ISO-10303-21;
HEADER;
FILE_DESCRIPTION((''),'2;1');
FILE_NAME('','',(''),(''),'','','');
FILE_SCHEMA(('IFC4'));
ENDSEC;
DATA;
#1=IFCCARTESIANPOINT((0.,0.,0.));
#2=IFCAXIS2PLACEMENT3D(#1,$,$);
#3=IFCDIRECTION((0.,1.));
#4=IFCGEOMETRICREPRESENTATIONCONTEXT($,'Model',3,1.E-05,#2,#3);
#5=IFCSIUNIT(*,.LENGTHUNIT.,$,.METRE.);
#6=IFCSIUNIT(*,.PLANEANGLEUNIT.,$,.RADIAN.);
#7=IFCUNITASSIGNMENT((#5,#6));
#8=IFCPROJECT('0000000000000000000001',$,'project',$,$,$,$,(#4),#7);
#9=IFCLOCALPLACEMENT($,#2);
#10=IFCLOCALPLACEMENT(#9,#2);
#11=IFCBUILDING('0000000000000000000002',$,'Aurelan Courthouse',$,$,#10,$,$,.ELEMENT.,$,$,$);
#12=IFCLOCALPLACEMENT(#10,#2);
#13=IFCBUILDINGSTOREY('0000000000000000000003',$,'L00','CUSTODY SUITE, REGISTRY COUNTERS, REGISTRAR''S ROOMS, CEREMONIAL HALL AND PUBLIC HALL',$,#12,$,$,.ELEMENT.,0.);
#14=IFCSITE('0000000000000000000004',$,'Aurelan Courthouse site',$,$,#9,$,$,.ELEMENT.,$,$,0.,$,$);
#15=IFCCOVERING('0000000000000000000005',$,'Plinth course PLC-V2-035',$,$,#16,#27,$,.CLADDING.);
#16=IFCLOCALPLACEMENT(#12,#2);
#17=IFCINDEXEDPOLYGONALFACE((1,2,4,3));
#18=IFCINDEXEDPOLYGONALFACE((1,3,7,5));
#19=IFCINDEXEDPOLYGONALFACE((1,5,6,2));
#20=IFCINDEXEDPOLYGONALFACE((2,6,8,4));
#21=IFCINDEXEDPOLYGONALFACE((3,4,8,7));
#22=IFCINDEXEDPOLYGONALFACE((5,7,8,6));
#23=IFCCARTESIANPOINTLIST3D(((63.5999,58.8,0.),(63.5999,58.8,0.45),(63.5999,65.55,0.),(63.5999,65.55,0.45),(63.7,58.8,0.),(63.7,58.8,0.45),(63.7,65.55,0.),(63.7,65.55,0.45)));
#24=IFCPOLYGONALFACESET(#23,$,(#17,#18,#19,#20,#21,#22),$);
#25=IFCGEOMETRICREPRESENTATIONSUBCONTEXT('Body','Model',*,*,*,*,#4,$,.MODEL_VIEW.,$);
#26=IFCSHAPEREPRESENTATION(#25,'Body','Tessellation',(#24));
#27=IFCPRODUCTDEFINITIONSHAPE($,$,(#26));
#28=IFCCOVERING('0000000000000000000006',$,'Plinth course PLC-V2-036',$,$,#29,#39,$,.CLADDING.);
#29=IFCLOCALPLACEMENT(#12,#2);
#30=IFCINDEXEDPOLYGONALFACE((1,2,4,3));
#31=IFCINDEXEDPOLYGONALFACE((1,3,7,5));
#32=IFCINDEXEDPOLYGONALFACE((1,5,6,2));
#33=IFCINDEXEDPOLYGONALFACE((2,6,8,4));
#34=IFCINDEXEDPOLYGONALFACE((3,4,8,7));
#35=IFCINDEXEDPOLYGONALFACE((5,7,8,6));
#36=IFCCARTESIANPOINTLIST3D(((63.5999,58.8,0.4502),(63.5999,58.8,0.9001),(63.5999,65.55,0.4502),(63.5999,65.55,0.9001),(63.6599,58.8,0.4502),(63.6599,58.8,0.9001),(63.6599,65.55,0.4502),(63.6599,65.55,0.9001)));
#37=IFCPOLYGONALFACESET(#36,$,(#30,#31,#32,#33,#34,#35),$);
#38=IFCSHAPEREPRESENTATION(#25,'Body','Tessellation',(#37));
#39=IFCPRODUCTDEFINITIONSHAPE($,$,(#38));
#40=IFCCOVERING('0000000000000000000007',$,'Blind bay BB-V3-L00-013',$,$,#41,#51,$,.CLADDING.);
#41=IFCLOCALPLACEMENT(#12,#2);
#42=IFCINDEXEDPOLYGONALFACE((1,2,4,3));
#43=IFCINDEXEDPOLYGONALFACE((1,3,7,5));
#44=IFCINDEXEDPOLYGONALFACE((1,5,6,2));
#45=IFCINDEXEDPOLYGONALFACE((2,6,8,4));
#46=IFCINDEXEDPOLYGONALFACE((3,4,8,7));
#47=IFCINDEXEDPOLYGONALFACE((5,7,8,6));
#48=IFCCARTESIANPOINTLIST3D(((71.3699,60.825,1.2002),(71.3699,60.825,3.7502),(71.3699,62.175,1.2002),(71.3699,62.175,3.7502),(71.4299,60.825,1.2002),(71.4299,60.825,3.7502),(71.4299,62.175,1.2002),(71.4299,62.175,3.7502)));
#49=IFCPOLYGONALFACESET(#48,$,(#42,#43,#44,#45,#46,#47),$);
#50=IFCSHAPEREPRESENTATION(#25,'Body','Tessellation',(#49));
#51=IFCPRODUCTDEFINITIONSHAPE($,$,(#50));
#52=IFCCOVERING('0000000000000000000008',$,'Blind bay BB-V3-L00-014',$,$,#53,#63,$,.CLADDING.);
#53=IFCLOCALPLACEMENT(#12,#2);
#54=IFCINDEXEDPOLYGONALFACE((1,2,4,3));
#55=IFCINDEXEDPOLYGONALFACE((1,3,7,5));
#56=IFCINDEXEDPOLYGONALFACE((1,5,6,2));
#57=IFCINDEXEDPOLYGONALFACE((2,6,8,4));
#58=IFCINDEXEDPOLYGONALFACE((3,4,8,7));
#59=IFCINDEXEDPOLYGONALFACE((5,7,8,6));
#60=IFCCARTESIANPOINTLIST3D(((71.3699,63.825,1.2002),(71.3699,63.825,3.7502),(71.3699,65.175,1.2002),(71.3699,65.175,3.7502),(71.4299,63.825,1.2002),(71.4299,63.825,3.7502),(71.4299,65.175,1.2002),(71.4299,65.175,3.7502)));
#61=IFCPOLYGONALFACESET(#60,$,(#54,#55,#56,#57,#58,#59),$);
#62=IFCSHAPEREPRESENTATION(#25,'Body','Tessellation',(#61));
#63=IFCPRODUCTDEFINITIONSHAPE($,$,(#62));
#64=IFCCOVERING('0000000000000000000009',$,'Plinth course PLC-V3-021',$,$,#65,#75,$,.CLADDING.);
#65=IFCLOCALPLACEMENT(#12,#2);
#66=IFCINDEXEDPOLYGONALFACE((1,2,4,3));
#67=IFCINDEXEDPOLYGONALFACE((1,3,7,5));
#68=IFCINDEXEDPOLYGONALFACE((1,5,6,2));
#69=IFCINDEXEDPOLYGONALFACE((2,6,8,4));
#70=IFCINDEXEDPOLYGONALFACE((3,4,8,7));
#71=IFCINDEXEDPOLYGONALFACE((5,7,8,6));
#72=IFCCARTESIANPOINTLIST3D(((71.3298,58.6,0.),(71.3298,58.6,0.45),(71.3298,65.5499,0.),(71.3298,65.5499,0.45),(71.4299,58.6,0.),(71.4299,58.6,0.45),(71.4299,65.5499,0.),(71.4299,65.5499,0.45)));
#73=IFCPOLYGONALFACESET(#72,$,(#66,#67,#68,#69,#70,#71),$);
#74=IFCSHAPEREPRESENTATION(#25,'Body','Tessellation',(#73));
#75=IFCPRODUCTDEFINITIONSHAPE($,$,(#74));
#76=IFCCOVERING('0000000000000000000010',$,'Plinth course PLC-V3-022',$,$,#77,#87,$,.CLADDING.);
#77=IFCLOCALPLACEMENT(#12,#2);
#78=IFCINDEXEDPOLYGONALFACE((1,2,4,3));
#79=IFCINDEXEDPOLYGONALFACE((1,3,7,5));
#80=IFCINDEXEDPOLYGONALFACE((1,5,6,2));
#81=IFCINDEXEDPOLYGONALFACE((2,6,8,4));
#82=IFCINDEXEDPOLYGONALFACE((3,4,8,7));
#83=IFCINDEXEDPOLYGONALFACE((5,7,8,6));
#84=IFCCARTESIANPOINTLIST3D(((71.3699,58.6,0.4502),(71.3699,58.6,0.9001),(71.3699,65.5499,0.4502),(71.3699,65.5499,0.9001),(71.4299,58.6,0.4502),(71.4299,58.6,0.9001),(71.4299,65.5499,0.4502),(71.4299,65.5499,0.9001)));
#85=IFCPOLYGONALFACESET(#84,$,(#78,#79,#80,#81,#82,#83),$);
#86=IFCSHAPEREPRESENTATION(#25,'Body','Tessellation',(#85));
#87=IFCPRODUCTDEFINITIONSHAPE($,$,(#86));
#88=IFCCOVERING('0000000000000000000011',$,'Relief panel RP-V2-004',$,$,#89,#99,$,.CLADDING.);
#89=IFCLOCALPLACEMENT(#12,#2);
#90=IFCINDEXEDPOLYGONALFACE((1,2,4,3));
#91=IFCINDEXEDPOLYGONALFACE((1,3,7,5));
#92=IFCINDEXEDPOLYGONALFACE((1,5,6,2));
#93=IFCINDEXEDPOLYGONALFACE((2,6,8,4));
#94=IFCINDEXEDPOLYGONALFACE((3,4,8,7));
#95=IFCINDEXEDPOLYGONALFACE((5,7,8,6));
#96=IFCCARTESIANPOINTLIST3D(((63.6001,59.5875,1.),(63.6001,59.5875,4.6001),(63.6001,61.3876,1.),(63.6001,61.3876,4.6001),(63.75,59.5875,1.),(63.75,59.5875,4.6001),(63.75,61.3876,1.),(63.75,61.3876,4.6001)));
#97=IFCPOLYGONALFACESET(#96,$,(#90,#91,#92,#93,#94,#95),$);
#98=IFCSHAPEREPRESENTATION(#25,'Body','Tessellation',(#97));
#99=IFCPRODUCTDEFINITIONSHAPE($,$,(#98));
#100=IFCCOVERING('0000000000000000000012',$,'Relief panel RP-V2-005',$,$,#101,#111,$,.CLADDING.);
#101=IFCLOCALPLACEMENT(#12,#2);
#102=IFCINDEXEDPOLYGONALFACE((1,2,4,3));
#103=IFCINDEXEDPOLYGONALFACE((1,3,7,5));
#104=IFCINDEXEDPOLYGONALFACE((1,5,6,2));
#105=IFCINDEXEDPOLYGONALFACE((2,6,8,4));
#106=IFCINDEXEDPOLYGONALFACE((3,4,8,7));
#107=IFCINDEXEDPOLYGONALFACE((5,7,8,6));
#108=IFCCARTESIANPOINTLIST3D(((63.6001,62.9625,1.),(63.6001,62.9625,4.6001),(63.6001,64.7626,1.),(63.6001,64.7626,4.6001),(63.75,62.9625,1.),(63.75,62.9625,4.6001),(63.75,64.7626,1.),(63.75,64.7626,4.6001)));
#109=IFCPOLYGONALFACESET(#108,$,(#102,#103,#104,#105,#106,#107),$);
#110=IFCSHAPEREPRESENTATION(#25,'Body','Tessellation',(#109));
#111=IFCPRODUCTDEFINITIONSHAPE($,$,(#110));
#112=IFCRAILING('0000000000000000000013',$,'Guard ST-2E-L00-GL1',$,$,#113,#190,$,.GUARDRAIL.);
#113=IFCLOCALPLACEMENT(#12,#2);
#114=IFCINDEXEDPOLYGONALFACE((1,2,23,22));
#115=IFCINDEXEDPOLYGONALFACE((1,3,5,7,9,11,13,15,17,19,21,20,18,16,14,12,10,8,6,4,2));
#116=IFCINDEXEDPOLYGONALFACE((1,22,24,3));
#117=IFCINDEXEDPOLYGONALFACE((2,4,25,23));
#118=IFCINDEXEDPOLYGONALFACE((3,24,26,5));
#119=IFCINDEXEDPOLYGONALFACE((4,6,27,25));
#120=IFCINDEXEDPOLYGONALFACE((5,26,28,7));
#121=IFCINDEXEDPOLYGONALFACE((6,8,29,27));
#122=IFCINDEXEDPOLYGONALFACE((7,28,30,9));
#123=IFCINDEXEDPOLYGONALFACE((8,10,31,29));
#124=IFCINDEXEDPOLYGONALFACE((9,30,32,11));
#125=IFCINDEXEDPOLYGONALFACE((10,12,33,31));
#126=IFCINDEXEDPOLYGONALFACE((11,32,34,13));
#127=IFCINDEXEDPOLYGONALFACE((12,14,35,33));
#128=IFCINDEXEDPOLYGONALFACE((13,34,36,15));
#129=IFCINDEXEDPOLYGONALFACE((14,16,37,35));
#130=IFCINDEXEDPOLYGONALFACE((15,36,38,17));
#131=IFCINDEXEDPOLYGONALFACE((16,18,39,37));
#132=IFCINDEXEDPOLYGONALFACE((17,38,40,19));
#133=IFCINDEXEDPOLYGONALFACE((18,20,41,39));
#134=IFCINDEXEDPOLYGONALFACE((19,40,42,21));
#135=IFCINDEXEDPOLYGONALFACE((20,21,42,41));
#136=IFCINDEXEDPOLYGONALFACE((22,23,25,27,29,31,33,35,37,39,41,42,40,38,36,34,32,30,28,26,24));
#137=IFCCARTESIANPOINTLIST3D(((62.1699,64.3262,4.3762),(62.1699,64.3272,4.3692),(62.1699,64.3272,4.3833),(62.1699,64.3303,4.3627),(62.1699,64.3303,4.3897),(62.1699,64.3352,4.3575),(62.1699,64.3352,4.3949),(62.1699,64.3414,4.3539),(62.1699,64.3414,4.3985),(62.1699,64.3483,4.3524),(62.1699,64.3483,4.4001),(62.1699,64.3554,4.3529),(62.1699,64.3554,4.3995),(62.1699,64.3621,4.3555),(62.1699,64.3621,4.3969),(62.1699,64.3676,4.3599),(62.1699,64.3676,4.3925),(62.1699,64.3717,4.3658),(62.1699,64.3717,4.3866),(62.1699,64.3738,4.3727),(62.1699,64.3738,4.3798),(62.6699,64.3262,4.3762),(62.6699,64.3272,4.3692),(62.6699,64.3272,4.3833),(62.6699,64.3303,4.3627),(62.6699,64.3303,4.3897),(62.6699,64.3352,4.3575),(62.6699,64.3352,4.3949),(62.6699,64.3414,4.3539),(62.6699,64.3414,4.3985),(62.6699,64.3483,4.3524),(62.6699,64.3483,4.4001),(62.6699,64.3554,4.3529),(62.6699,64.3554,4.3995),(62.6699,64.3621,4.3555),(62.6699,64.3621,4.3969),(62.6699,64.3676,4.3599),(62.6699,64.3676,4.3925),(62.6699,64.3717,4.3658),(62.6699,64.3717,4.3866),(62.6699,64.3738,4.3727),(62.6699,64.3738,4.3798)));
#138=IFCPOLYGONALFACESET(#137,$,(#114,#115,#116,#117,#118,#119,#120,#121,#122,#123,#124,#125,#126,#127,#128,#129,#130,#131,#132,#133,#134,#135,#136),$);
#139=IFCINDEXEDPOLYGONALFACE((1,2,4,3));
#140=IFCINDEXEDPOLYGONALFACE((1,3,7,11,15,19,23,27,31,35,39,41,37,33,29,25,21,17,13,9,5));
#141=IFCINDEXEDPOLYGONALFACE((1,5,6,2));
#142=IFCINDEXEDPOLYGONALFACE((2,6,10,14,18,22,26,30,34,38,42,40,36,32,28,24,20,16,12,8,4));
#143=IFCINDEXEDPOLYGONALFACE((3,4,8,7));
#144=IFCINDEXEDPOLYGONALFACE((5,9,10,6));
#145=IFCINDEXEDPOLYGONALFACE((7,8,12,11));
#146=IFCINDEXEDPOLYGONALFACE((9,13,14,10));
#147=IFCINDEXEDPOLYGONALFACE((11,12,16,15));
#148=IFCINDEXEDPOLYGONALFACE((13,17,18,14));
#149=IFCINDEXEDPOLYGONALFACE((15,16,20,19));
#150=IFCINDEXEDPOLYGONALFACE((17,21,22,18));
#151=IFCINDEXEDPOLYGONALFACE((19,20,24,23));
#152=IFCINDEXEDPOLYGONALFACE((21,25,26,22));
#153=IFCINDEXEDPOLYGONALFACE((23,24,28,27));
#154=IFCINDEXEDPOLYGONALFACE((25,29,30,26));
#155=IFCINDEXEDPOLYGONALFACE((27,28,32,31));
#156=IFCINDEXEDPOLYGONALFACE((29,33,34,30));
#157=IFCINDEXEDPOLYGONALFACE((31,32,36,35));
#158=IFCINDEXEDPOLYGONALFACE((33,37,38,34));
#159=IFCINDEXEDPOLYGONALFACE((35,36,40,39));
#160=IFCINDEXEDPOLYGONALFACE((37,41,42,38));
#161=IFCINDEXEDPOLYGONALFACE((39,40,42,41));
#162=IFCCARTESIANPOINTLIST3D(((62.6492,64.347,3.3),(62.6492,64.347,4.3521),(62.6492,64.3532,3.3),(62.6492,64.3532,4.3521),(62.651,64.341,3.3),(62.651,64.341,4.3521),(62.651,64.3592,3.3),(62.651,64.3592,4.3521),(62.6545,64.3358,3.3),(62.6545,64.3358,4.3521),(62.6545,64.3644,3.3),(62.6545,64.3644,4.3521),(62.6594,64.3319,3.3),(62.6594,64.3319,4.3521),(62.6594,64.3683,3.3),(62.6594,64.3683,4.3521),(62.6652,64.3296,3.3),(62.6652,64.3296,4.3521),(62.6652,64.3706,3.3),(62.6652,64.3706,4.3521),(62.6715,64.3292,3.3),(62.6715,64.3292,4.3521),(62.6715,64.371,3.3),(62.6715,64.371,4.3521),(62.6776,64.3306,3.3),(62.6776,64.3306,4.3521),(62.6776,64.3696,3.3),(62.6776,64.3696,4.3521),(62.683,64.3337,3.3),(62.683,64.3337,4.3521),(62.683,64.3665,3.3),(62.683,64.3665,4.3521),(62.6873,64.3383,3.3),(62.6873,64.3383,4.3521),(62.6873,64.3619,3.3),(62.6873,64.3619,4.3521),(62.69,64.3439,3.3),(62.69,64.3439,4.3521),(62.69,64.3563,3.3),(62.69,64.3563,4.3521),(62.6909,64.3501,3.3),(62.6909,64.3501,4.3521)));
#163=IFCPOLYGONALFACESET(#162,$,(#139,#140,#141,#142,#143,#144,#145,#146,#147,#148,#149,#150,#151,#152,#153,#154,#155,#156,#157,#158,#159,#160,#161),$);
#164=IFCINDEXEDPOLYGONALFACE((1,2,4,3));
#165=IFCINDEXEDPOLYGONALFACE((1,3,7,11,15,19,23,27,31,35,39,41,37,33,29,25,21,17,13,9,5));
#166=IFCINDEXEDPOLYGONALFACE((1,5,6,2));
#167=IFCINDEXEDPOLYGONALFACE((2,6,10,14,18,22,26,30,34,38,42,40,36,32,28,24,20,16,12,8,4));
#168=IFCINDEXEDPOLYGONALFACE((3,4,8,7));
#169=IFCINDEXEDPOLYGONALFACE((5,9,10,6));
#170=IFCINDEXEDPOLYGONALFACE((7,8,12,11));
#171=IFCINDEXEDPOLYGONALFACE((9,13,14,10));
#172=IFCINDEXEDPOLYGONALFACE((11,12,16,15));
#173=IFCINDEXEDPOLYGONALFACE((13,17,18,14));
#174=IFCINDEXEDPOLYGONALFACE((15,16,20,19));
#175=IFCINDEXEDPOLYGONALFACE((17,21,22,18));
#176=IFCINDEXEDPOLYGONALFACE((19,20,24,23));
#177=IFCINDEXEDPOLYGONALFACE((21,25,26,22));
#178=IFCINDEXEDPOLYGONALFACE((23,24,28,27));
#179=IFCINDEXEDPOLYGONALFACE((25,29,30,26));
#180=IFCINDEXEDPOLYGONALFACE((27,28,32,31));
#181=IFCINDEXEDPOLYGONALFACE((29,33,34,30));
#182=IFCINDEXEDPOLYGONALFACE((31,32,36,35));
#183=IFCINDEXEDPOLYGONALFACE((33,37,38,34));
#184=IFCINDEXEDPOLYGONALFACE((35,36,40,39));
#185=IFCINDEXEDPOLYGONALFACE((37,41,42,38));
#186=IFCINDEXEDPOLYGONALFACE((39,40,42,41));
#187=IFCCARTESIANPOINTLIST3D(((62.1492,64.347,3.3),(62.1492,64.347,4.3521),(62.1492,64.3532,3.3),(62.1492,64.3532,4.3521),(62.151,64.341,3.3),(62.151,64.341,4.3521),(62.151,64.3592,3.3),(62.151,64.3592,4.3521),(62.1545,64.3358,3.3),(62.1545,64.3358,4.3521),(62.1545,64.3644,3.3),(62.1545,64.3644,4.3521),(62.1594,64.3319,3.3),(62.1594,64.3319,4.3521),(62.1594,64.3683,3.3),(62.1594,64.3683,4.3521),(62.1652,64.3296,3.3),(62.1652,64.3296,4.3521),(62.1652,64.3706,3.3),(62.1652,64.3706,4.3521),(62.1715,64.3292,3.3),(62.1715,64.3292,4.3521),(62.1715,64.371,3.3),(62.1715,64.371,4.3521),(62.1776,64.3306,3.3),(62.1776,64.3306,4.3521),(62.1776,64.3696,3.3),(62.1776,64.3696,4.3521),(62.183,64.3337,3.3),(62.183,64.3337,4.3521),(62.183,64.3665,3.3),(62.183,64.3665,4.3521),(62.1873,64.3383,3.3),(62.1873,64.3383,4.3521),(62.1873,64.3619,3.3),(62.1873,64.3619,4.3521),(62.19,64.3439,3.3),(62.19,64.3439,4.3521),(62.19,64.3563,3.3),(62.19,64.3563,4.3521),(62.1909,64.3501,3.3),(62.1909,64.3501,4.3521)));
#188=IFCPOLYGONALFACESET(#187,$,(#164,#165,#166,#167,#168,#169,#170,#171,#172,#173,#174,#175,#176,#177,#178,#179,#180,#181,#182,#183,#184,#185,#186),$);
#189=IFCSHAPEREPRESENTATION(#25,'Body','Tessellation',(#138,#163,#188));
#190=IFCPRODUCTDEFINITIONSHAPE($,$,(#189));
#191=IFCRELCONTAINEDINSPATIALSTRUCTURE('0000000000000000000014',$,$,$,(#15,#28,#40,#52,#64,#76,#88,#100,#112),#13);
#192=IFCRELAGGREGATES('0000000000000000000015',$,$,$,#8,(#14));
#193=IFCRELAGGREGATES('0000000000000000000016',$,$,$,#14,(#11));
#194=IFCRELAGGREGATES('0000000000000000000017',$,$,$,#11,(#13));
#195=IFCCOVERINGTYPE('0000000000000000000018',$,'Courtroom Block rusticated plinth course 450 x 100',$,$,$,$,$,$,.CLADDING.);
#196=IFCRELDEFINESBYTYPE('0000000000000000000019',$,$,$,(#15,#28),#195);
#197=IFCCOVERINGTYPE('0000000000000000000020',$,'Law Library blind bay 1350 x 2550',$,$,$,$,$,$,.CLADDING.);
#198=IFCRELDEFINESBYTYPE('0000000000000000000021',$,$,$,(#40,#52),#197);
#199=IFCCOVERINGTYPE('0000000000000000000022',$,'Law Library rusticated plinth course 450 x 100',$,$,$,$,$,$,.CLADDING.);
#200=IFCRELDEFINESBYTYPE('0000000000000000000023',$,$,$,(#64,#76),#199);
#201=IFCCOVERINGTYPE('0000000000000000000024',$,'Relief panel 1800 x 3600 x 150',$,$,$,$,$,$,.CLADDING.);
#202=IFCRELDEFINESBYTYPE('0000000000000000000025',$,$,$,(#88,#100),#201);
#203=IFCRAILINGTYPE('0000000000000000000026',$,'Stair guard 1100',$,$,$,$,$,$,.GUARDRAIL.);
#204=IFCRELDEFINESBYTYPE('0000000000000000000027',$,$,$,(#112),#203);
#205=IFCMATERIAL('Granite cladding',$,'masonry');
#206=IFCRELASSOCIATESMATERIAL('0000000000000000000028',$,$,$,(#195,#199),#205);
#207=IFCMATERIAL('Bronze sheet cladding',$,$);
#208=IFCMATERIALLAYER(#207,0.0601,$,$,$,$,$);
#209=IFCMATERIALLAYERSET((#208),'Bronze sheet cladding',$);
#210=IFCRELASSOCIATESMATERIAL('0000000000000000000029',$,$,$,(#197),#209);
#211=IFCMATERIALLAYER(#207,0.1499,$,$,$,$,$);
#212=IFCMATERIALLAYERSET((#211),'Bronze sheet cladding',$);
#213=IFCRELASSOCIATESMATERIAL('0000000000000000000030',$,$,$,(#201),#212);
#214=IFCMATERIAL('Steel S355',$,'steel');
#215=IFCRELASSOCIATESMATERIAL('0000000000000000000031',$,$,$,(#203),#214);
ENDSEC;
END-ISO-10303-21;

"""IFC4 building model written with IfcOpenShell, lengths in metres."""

from ifc_helpers import new_model, si_unit, direction, frame, origin, origin_2d, place, context, subcontext, project, spatial, rectangle, circle, extrude, material, layer, layer_set, type_object, element, save


model = new_model("IFC4")

# Units and contexts
model_context = context("Model", 3, precision=1e-05, world=origin(), true_north=direction((0.0, 1.0)))
body_context = subcontext(model_context, "Body", "Model", "MODEL_VIEW")
ifc_project = project(units=[si_unit("LENGTHUNIT", "METRE"), si_unit("PLANEANGLEUNIT", "RADIAN")], contexts=[model_context])

# Site, building, storey
site_placement = place(None, origin())
site = spatial("IfcSite", under=ifc_project, at=site_placement, Name="Aurelan Courthouse site", CompositionType="ELEMENT", RefElevation=0.0)
building_placement = place(site_placement, origin())
building = spatial("IfcBuilding", under=site, at=building_placement, Name="Aurelan Courthouse", CompositionType="ELEMENT")
storey_placement = place(building_placement, origin())
storey = spatial("IfcBuildingStorey", under=building, at=storey_placement, Name="L00", Description="CUSTODY SUITE, REGISTRY COUNTERS, REGISTRAR'S ROOMS, CEREMONIAL HALL AND PUBLIC HALL", CompositionType="ELEMENT", Elevation=0.0)

# Shared definitions
ifc_material_1 = material(Name="Granite cladding", Category="masonry")

# Coverings
covering_type_1 = type_object("IfcCoveringType", Name="Courtroom Block rusticated plinth course 450 x 100", PredefinedType="CLADDING", material=ifc_material_1)
covering_1_placement = place(storey_placement, frame((63.6499, 62.175, 0.0), z_axis=(0.0, 0.0, 1.0), x_axis=(1.0, 0.0, 0.0)))
element("IfcCovering", 1, at=covering_1_placement, inside=storey, type_object=covering_type_1, Name="Plinth course PLC-V2-035", PredefinedType="CLADDING", context=body_context, shape_type="SweptSolid", body=[
    extrude(rectangle(XDim=0.1001, YDim=6.75, at=origin_2d()), origin(), (0.0, 0.0, 1.0), 0.45),
])
covering_2_placement = place(storey_placement, frame((63.6299, 62.175, 0.4502), z_axis=(0.0, 0.0, 1.0), x_axis=(1.0, 0.0, 0.0)))
element("IfcCovering", 2, at=covering_2_placement, inside=storey, type_object=covering_type_1, Name="Plinth course PLC-V2-036", PredefinedType="CLADDING", context=body_context, shape_type="SweptSolid", body=[
    extrude(rectangle(XDim=0.0601, YDim=6.75, at=origin_2d()), origin(), (0.0, 0.0, 1.0), 0.45),
])
ifc_material_2 = material(Name="Bronze sheet cladding")
ifc_layer_1 = layer(ifc_material_2, 0.0601)
ifc_layer_set_1 = layer_set([ifc_layer_1], Name="Bronze sheet cladding")
covering_type_2 = type_object("IfcCoveringType", Name="Law Library blind bay 1350 x 2550", PredefinedType="CLADDING", material=ifc_layer_set_1)
for number, where, z_axis, x_axis, name in (
    (3, (71.3999, 61.5, 1.2002), (0.0, 0.0, 1.0), (1.0, 0.0, 0.0), "Blind bay BB-V3-L00-013"),
    (4, (71.3999, 64.5, 1.2002), (0.0, 0.0, 1.0), (1.0, 0.0, 0.0), "Blind bay BB-V3-L00-014"),
):
    element("IfcCovering", number, at=place(storey_placement, frame(where, z_axis=z_axis, x_axis=x_axis)), inside=storey, type_object=covering_type_2, Name=name, PredefinedType="CLADDING", context=body_context, shape_type="SweptSolid", body=[
        extrude(rectangle(XDim=0.0601, YDim=1.3501, at=origin_2d()), origin(), (0.0, 0.0, 1.0), 2.55),
    ])
covering_type_3 = type_object("IfcCoveringType", Name="Law Library rusticated plinth course 450 x 100", PredefinedType="CLADDING", material=ifc_material_1)
covering_3_placement = place(storey_placement, frame((71.3799, 62.075, 0.0), z_axis=(0.0, 0.0, 1.0), x_axis=(1.0, 0.0, 0.0)))
element("IfcCovering", 5, at=covering_3_placement, inside=storey, type_object=covering_type_3, Name="Plinth course PLC-V3-021", PredefinedType="CLADDING", context=body_context, shape_type="SweptSolid", body=[
    extrude(rectangle(XDim=0.1001, YDim=6.95, at=origin_2d()), origin(), (0.0, 0.0, 1.0), 0.45),
])
covering_4_placement = place(storey_placement, frame((71.3999, 62.075, 0.4502), z_axis=(0.0, 0.0, 1.0), x_axis=(1.0, 0.0, 0.0)))
element("IfcCovering", 6, at=covering_4_placement, inside=storey, type_object=covering_type_3, Name="Plinth course PLC-V3-022", PredefinedType="CLADDING", context=body_context, shape_type="SweptSolid", body=[
    extrude(rectangle(XDim=0.0601, YDim=6.95, at=origin_2d()), origin(), (0.0, 0.0, 1.0), 0.45),
])
ifc_layer_2 = layer(ifc_material_2, 0.1499)
ifc_layer_set_2 = layer_set([ifc_layer_2], Name="Bronze sheet cladding")
covering_type_4 = type_object("IfcCoveringType", Name="Relief panel 1800 x 3600 x 150", PredefinedType="CLADDING", material=ifc_layer_set_2)
for number, where, z_axis, x_axis, name in (
    (7, (63.675, 60.4875, 1.0), (0.0, 0.0, 1.0), (1.0, 0.0, 0.0), "Relief panel RP-V2-004"),
    (8, (63.675, 63.8625, 1.0), (0.0, 0.0, 1.0), (1.0, 0.0, 0.0), "Relief panel RP-V2-005"),
):
    element("IfcCovering", number, at=place(storey_placement, frame(where, z_axis=z_axis, x_axis=x_axis)), inside=storey, type_object=covering_type_4, Name=name, PredefinedType="CLADDING", context=body_context, shape_type="SweptSolid", body=[
        extrude(rectangle(XDim=0.1499, YDim=1.8, at=origin_2d()), origin(), (0.0, 0.0, 1.0), 3.6001),
    ])

# Railing
ifc_material_3 = material(Name="Steel S355", Category="steel")
railing_type_1 = type_object("IfcRailingType", Name="Stair guard 1100", PredefinedType="GUARDRAIL", material=ifc_material_3)
railing_1_placement = place(storey_placement, frame((62.6699, 64.3501, 3.3)))
element("IfcRailing", 9, at=railing_1_placement, inside=storey, type_object=railing_type_1, Name="Guard ST-2E-L00-GL1", PredefinedType="GUARDRAIL", context=body_context, shape_type="SweptSolid", body=[
    extrude(circle(Radius=0.0239, at=origin_2d()), frame((0.0, 0.0, 1.0762), z_axis=(-1.0, 0.0, 0.0), x_axis=(0.0, -1.0, 0.0)), (0.0, 0.0, 1.0), 0.5),
    extrude(circle(Radius=0.021, at=origin_2d()), origin(), (0.0, 0.0, 1.0), 1.052),
    extrude(circle(Radius=0.021, at=origin_2d()), frame((-0.5, 0.0, 0.0)), (0.0, 0.0, 1.0), 1.052),
])

save(model, "model.ifc")
